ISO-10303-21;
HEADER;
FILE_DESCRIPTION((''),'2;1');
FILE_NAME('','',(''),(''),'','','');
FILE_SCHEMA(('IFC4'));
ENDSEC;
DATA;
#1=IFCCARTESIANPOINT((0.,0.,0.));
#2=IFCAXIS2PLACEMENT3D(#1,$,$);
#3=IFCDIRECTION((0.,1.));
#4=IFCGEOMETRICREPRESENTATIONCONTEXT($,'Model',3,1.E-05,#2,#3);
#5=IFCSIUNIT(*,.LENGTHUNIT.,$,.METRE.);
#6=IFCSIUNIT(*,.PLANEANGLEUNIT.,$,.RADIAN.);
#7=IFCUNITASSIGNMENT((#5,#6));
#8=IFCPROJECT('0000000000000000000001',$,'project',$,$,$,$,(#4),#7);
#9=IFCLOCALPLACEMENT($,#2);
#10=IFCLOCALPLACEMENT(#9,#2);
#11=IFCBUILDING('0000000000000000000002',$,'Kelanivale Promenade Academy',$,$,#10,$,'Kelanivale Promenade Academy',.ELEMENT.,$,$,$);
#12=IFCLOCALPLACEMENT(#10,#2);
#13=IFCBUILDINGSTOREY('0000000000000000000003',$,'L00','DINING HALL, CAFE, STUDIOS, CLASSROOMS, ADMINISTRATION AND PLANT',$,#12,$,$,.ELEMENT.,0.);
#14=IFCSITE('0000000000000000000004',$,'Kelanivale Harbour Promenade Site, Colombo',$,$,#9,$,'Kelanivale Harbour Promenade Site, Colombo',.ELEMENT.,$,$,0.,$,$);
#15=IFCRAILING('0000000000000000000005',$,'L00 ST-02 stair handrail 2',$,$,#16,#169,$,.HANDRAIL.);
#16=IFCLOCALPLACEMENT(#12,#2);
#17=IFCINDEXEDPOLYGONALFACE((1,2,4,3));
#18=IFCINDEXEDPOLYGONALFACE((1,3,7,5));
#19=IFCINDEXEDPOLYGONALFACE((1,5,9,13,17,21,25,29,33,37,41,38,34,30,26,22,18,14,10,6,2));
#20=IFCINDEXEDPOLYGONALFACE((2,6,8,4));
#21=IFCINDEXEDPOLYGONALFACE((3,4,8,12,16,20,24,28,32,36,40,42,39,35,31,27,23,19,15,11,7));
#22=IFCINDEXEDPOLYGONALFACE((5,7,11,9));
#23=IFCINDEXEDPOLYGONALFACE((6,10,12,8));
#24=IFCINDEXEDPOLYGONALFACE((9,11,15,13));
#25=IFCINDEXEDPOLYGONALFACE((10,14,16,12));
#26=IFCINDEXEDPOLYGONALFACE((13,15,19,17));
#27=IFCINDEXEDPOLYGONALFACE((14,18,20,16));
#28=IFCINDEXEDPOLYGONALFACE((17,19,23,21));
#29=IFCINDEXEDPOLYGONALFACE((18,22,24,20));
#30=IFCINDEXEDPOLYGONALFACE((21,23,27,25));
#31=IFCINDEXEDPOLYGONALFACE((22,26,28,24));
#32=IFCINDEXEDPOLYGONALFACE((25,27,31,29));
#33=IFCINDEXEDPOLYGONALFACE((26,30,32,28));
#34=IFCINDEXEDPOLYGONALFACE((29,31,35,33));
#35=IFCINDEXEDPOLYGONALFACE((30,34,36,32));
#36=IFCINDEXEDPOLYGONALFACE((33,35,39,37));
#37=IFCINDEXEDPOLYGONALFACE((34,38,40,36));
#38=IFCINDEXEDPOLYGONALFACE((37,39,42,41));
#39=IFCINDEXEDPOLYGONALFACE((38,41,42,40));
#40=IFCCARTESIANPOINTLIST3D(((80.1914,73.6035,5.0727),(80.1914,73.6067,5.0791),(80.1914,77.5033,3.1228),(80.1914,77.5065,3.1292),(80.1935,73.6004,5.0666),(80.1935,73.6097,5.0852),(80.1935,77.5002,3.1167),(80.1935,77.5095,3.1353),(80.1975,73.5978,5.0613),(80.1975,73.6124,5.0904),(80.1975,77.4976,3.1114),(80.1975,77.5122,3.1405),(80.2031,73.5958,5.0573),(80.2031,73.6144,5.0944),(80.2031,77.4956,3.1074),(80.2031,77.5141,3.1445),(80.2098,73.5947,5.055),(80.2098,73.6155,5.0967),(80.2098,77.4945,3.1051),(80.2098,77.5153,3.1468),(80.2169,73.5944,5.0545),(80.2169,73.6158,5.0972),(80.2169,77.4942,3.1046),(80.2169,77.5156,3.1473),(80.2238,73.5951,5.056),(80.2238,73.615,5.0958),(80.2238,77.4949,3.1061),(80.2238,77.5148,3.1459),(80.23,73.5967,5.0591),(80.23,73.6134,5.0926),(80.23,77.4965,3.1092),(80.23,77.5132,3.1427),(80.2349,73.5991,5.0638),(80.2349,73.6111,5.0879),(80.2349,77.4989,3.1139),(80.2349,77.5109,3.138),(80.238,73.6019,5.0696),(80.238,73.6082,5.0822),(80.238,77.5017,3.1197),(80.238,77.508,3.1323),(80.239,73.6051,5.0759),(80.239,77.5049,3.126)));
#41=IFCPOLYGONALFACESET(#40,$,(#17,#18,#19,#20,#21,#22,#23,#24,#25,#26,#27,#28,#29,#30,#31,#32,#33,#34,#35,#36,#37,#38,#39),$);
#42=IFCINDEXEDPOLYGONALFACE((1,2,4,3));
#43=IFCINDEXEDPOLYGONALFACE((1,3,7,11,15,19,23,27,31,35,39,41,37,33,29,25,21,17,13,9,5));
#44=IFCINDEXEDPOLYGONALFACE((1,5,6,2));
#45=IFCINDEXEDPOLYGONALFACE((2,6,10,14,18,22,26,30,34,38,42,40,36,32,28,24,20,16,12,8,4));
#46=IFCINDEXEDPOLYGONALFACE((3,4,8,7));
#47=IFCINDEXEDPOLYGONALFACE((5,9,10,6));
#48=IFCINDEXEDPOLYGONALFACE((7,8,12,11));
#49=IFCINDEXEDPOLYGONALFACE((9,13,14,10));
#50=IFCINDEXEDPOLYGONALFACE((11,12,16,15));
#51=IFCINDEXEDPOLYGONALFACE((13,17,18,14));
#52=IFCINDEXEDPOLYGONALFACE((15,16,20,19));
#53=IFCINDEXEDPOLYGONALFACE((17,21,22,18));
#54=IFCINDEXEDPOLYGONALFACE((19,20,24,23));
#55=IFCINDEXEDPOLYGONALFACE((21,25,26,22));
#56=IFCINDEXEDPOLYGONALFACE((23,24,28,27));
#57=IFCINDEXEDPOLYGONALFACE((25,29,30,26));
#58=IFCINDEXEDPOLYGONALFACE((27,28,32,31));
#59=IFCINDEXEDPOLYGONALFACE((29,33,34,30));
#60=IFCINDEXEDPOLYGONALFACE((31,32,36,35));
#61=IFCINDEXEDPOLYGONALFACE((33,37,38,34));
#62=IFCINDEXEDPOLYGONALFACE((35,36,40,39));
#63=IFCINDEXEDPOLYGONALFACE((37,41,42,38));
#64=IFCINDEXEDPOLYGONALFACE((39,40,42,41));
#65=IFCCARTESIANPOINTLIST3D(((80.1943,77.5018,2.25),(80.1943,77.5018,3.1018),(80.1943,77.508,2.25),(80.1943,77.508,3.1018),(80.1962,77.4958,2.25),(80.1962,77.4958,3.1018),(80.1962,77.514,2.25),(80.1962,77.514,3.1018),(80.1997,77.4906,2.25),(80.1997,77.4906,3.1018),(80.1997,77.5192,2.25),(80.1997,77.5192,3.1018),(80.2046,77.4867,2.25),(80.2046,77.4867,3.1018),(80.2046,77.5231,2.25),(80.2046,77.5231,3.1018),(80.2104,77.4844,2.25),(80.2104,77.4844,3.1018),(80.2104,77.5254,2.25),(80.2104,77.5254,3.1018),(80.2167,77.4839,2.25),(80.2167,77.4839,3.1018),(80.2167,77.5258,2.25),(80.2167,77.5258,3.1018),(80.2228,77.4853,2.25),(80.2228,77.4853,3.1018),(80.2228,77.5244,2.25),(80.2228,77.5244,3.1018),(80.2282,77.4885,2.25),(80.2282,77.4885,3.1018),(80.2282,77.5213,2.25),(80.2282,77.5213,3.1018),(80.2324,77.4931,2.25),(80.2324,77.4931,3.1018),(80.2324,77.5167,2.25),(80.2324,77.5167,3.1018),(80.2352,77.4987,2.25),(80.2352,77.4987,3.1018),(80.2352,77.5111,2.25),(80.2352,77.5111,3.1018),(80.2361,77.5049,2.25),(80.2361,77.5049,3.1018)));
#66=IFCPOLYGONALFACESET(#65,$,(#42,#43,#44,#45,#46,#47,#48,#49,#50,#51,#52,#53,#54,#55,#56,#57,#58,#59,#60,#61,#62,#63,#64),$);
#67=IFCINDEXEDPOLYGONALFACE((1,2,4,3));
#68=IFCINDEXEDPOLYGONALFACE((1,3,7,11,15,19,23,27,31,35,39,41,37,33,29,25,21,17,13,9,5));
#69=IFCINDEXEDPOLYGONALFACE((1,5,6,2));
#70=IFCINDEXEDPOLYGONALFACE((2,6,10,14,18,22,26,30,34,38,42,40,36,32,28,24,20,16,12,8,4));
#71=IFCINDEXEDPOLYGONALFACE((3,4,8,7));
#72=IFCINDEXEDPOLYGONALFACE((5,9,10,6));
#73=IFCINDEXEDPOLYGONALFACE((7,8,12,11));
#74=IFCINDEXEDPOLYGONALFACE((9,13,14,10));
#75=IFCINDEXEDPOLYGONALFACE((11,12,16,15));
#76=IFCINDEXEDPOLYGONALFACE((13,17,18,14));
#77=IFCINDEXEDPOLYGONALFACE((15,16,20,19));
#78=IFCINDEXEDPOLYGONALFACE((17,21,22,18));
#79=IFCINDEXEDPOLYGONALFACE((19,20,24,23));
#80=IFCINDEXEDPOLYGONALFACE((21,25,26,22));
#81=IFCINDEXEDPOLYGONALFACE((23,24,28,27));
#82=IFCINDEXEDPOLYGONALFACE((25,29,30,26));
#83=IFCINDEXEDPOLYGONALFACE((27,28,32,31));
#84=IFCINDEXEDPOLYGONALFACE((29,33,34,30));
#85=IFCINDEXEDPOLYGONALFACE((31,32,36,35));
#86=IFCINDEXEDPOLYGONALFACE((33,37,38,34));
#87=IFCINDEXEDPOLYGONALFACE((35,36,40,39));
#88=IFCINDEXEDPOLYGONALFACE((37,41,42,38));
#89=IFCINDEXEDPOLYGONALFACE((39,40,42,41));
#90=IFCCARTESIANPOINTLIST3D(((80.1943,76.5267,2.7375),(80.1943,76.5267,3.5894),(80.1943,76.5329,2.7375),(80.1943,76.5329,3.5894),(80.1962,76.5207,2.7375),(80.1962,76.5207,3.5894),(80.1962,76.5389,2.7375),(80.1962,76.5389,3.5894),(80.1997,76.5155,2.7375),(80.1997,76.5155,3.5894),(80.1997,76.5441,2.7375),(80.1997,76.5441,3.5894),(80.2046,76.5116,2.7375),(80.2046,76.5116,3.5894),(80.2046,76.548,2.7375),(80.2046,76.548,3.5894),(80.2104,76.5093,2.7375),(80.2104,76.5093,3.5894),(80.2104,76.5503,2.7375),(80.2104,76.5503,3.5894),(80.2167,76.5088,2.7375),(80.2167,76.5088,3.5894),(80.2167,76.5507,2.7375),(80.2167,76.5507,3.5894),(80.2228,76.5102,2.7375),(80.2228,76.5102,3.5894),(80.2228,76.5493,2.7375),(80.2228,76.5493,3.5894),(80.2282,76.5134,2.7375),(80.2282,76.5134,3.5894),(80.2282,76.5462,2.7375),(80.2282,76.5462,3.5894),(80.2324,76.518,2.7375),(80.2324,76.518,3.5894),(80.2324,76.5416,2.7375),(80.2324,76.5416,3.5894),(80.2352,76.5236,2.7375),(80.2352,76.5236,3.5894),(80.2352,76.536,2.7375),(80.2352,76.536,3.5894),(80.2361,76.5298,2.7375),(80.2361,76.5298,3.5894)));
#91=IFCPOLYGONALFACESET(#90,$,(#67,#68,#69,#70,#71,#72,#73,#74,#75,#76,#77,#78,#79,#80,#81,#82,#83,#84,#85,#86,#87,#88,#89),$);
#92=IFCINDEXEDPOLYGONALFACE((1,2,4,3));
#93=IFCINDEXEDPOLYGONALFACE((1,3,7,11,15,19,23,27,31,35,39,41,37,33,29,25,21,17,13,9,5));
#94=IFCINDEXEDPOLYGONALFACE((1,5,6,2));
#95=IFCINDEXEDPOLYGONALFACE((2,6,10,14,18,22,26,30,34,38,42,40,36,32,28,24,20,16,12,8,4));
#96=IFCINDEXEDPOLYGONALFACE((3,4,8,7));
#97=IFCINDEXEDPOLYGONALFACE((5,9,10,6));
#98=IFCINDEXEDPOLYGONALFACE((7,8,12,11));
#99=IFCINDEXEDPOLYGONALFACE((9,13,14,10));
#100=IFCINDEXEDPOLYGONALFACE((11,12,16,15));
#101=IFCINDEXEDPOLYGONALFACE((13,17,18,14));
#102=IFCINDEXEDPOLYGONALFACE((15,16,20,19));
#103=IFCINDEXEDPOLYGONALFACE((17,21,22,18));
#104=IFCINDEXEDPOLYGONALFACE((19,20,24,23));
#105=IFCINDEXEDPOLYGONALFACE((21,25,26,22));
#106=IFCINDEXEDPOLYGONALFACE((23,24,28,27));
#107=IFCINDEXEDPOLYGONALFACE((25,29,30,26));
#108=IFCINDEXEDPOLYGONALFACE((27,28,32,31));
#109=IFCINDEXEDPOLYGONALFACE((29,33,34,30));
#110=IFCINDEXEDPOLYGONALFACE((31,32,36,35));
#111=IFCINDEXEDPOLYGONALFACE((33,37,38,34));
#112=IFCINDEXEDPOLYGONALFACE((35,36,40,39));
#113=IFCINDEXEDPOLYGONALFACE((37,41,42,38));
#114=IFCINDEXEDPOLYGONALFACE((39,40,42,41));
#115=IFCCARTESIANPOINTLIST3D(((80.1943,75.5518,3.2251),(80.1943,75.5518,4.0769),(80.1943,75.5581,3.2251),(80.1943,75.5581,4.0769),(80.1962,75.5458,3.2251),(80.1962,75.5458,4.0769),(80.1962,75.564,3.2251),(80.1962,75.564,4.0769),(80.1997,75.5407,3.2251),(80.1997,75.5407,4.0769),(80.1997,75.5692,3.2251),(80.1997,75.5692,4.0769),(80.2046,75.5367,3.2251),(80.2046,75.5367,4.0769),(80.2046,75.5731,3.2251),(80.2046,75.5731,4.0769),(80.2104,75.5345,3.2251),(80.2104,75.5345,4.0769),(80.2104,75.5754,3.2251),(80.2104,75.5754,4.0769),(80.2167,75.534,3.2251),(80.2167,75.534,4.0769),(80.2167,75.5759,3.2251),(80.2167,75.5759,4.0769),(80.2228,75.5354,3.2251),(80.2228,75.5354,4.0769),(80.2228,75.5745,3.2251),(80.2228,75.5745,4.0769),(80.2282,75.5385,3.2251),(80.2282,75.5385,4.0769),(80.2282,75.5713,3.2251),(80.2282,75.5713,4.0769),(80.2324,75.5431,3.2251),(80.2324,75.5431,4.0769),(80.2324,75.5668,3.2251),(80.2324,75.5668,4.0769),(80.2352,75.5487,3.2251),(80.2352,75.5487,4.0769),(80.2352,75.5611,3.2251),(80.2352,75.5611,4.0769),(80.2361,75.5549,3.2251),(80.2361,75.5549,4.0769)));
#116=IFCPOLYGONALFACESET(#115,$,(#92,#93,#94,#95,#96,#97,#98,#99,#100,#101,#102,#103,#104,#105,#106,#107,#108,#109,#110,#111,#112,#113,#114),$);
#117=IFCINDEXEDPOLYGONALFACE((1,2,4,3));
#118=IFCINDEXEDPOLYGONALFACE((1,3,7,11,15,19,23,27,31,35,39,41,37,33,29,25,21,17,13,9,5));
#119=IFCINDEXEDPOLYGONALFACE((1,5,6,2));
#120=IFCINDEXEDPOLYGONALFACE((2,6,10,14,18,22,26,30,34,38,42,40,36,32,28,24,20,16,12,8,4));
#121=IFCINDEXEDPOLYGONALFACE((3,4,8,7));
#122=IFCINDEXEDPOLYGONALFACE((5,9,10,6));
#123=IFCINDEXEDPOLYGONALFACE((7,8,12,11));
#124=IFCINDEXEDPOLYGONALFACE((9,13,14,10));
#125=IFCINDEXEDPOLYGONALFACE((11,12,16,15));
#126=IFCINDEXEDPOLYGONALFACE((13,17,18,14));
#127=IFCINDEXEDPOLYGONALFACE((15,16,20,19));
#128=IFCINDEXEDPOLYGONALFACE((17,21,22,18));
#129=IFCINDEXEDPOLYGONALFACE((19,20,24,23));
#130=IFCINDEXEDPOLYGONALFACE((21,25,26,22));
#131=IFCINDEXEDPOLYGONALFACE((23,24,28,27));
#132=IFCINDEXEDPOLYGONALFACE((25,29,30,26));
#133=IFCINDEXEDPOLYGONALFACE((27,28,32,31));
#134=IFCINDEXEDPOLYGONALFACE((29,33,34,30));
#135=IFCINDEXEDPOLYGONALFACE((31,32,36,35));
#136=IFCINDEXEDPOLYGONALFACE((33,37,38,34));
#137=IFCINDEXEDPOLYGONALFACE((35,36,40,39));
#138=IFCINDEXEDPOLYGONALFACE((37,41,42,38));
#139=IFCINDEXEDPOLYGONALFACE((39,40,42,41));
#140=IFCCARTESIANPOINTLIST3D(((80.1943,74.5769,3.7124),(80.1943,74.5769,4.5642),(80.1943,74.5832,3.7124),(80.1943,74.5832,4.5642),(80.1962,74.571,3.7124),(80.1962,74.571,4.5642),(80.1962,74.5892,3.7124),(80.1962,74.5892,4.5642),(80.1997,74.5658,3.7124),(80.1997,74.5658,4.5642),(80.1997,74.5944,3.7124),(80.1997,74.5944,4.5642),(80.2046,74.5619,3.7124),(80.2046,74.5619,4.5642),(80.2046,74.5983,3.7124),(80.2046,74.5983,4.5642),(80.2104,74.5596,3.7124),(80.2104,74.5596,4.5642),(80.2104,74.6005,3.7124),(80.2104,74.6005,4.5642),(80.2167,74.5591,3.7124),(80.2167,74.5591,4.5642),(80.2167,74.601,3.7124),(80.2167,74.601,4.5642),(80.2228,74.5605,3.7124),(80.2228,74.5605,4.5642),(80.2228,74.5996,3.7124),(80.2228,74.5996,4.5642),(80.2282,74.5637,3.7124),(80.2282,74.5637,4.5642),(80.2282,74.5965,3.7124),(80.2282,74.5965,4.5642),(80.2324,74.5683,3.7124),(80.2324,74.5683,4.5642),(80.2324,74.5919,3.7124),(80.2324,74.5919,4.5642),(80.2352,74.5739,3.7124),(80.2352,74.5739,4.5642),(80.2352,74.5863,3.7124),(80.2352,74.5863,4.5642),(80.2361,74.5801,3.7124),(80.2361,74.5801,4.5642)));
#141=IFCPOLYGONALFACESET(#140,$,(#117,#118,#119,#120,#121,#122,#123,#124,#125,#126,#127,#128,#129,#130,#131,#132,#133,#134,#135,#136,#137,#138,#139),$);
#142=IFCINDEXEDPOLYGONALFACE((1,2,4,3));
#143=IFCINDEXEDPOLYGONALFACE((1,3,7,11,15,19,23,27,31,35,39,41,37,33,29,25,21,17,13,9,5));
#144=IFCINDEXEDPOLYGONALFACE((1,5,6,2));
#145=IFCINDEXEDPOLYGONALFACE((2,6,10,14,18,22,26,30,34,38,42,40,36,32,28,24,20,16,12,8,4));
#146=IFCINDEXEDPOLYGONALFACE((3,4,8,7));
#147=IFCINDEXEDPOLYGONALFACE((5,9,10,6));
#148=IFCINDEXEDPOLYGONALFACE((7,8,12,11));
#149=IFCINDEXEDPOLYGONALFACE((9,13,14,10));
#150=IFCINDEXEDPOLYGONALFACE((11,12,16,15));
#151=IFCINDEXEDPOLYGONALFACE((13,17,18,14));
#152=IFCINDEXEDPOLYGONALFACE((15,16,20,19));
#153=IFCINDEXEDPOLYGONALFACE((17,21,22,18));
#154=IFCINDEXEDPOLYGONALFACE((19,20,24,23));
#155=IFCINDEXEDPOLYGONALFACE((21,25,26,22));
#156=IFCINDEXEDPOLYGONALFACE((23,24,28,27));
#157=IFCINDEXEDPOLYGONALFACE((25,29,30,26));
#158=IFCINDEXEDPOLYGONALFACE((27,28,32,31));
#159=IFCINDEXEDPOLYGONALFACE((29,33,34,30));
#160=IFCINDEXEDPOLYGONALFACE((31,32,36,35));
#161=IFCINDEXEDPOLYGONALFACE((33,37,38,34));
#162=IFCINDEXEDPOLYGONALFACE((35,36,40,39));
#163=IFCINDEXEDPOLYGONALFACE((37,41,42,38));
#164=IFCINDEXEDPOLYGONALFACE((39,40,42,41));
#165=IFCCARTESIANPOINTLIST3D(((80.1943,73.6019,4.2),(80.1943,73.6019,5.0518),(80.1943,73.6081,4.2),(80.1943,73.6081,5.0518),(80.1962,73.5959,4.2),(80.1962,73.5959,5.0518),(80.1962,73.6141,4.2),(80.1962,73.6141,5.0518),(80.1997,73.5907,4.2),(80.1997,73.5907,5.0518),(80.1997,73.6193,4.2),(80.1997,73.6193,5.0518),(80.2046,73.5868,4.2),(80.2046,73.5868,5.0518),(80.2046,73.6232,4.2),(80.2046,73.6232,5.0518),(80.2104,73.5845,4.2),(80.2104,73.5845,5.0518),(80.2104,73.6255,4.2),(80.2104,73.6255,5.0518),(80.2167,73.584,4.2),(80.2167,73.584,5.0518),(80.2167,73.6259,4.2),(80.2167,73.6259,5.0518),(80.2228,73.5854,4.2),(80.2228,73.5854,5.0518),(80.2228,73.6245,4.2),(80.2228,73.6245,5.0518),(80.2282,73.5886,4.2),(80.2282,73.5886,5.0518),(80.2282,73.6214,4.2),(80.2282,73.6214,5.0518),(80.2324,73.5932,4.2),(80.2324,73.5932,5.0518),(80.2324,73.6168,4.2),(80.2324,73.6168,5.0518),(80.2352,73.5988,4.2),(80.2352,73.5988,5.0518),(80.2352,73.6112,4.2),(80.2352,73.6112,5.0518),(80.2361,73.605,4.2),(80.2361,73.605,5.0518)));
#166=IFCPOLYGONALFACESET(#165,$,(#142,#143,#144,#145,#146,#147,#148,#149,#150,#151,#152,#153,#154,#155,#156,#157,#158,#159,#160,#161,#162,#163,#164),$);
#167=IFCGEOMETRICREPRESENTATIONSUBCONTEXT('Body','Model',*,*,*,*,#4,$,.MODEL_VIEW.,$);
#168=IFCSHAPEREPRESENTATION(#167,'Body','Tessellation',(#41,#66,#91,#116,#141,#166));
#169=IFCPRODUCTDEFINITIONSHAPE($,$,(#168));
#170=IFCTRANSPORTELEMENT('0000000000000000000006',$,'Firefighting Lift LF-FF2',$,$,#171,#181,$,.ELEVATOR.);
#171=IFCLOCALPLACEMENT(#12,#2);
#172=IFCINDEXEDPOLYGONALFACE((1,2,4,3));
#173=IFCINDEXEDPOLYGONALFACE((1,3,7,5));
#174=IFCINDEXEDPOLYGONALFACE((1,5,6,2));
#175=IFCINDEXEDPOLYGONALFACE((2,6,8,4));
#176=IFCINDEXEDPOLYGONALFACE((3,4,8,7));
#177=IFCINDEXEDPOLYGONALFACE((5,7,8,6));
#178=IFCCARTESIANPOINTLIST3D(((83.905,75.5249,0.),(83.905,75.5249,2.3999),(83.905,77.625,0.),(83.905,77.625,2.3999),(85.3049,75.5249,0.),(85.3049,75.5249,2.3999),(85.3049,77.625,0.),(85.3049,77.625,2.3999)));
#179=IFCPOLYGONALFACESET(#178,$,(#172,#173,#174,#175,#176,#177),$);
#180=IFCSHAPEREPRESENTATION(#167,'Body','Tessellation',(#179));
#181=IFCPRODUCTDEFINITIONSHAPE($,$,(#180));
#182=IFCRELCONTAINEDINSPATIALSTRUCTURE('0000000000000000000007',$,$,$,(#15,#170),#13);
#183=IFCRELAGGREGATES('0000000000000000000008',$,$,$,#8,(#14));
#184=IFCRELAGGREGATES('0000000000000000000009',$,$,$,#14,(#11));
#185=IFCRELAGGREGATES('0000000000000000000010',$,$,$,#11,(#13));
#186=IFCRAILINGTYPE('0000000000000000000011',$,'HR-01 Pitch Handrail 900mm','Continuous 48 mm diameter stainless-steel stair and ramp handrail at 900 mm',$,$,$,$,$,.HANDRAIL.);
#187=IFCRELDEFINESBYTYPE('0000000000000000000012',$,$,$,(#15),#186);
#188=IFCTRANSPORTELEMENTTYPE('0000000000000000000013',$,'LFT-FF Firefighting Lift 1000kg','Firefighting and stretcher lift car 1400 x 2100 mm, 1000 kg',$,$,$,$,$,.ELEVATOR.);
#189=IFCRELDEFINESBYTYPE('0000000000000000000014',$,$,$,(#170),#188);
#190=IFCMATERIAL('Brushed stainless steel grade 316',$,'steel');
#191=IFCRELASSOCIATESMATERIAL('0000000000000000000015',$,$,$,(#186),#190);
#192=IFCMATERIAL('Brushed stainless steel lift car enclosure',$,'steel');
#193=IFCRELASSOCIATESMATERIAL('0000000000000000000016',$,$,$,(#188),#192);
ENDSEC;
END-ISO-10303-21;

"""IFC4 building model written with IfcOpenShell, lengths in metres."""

from ifc_helpers import new_model, si_unit, direction, frame, origin, origin_2d, place, context, subcontext, project, spatial, rectangle, circle, extrude, material, type_object, element, save


model = new_model("IFC4")

# Units and contexts
model_context = context("Model", 3, precision=1e-05, world=origin(), true_north=direction((0.0, 1.0)))
body_context = subcontext(model_context, "Body", "Model", "MODEL_VIEW")
ifc_project = project(units=[si_unit("LENGTHUNIT", "METRE"), si_unit("PLANEANGLEUNIT", "RADIAN")], contexts=[model_context])

# Site, building, storey
site_placement = place(None, origin())
site = spatial("IfcSite", under=ifc_project, at=site_placement, Name="Kelanivale Harbour Promenade Site, Colombo", LongName="Kelanivale Harbour Promenade Site, Colombo", CompositionType="ELEMENT", RefElevation=0.0)
building_placement = place(site_placement, origin())
building = spatial("IfcBuilding", under=site, at=building_placement, Name="Kelanivale Promenade Academy", LongName="Kelanivale Promenade Academy", CompositionType="ELEMENT")
storey_placement = place(building_placement, origin())
storey = spatial("IfcBuildingStorey", under=building, at=storey_placement, Name="L00", Description="DINING HALL, CAFE, STUDIOS, CLASSROOMS, ADMINISTRATION AND PLANT", CompositionType="ELEMENT", Elevation=0.0)

# Railing
ifc_material_1 = material(Name="Brushed stainless steel grade 316", Category="steel")
railing_type_1 = type_object("IfcRailingType", Name="HR-01 Pitch Handrail 900mm", Description="Continuous 48 mm diameter stainless-steel stair and ramp handrail at 900 mm", PredefinedType="HANDRAIL", material=ifc_material_1)
railing_1_placement = place(storey_placement, frame((80.2151, 77.5049, 2.25)))
element("IfcRailing", 1, at=railing_1_placement, inside=storey, type_object=railing_type_1, Name="L00 ST-02 stair handrail 2", PredefinedType="HANDRAIL", context=body_context, shape_type="SweptSolid", body=[
    extrude(circle(Radius=0.0239, at=origin_2d()), frame((0.0, 0.0, 0.876), z_axis=(0.0, -0.894427, 0.447214), x_axis=(1.0, 0.0, 0.0)), (0.0, 0.0, 1.0), 4.3601),
    extrude(circle(Radius=0.021, at=origin_2d()), origin(), (0.0, 0.0, 1.0), 0.8518),
    extrude(circle(Radius=0.021, at=origin_2d()), frame((0.0, -0.9751, 0.4875)), (0.0, 0.0, 1.0), 0.8518),
    extrude(circle(Radius=0.021, at=origin_2d()), frame((0.0, -1.95, 0.9751)), (0.0, 0.0, 1.0), 0.8518),
    extrude(circle(Radius=0.021, at=origin_2d()), frame((0.0, -2.9248, 1.4624)), (0.0, 0.0, 1.0), 0.8518),
    extrude(circle(Radius=0.021, at=origin_2d()), frame((0.0, -3.8999, 1.95)), (0.0, 0.0, 1.0), 0.8518),
])

# Transport element
ifc_material_2 = material(Name="Brushed stainless steel lift car enclosure", Category="steel")
transport_element_type = type_object("IfcTransportElementType", Name="LFT-FF Firefighting Lift 1000kg", Description="Firefighting and stretcher lift car 1400 x 2100 mm, 1000 kg", PredefinedType="ELEVATOR", material=ifc_material_2)
transport_element_placement = place(storey_placement, frame((84.605, 76.575, 0.0), z_axis=(0.0, 0.0, 1.0), x_axis=(1.0, 0.0, 0.0)))
element("IfcTransportElement", 2, at=transport_element_placement, inside=storey, type_object=transport_element_type, Name="Firefighting Lift LF-FF2", PredefinedType="ELEVATOR", context=body_context, shape_type="SweptSolid", body=[
    extrude(rectangle(XDim=1.3999, YDim=2.1001, at=origin_2d()), origin(), (0.0, 0.0, 1.0), 2.3999),
])

save(model, "model.ifc")
